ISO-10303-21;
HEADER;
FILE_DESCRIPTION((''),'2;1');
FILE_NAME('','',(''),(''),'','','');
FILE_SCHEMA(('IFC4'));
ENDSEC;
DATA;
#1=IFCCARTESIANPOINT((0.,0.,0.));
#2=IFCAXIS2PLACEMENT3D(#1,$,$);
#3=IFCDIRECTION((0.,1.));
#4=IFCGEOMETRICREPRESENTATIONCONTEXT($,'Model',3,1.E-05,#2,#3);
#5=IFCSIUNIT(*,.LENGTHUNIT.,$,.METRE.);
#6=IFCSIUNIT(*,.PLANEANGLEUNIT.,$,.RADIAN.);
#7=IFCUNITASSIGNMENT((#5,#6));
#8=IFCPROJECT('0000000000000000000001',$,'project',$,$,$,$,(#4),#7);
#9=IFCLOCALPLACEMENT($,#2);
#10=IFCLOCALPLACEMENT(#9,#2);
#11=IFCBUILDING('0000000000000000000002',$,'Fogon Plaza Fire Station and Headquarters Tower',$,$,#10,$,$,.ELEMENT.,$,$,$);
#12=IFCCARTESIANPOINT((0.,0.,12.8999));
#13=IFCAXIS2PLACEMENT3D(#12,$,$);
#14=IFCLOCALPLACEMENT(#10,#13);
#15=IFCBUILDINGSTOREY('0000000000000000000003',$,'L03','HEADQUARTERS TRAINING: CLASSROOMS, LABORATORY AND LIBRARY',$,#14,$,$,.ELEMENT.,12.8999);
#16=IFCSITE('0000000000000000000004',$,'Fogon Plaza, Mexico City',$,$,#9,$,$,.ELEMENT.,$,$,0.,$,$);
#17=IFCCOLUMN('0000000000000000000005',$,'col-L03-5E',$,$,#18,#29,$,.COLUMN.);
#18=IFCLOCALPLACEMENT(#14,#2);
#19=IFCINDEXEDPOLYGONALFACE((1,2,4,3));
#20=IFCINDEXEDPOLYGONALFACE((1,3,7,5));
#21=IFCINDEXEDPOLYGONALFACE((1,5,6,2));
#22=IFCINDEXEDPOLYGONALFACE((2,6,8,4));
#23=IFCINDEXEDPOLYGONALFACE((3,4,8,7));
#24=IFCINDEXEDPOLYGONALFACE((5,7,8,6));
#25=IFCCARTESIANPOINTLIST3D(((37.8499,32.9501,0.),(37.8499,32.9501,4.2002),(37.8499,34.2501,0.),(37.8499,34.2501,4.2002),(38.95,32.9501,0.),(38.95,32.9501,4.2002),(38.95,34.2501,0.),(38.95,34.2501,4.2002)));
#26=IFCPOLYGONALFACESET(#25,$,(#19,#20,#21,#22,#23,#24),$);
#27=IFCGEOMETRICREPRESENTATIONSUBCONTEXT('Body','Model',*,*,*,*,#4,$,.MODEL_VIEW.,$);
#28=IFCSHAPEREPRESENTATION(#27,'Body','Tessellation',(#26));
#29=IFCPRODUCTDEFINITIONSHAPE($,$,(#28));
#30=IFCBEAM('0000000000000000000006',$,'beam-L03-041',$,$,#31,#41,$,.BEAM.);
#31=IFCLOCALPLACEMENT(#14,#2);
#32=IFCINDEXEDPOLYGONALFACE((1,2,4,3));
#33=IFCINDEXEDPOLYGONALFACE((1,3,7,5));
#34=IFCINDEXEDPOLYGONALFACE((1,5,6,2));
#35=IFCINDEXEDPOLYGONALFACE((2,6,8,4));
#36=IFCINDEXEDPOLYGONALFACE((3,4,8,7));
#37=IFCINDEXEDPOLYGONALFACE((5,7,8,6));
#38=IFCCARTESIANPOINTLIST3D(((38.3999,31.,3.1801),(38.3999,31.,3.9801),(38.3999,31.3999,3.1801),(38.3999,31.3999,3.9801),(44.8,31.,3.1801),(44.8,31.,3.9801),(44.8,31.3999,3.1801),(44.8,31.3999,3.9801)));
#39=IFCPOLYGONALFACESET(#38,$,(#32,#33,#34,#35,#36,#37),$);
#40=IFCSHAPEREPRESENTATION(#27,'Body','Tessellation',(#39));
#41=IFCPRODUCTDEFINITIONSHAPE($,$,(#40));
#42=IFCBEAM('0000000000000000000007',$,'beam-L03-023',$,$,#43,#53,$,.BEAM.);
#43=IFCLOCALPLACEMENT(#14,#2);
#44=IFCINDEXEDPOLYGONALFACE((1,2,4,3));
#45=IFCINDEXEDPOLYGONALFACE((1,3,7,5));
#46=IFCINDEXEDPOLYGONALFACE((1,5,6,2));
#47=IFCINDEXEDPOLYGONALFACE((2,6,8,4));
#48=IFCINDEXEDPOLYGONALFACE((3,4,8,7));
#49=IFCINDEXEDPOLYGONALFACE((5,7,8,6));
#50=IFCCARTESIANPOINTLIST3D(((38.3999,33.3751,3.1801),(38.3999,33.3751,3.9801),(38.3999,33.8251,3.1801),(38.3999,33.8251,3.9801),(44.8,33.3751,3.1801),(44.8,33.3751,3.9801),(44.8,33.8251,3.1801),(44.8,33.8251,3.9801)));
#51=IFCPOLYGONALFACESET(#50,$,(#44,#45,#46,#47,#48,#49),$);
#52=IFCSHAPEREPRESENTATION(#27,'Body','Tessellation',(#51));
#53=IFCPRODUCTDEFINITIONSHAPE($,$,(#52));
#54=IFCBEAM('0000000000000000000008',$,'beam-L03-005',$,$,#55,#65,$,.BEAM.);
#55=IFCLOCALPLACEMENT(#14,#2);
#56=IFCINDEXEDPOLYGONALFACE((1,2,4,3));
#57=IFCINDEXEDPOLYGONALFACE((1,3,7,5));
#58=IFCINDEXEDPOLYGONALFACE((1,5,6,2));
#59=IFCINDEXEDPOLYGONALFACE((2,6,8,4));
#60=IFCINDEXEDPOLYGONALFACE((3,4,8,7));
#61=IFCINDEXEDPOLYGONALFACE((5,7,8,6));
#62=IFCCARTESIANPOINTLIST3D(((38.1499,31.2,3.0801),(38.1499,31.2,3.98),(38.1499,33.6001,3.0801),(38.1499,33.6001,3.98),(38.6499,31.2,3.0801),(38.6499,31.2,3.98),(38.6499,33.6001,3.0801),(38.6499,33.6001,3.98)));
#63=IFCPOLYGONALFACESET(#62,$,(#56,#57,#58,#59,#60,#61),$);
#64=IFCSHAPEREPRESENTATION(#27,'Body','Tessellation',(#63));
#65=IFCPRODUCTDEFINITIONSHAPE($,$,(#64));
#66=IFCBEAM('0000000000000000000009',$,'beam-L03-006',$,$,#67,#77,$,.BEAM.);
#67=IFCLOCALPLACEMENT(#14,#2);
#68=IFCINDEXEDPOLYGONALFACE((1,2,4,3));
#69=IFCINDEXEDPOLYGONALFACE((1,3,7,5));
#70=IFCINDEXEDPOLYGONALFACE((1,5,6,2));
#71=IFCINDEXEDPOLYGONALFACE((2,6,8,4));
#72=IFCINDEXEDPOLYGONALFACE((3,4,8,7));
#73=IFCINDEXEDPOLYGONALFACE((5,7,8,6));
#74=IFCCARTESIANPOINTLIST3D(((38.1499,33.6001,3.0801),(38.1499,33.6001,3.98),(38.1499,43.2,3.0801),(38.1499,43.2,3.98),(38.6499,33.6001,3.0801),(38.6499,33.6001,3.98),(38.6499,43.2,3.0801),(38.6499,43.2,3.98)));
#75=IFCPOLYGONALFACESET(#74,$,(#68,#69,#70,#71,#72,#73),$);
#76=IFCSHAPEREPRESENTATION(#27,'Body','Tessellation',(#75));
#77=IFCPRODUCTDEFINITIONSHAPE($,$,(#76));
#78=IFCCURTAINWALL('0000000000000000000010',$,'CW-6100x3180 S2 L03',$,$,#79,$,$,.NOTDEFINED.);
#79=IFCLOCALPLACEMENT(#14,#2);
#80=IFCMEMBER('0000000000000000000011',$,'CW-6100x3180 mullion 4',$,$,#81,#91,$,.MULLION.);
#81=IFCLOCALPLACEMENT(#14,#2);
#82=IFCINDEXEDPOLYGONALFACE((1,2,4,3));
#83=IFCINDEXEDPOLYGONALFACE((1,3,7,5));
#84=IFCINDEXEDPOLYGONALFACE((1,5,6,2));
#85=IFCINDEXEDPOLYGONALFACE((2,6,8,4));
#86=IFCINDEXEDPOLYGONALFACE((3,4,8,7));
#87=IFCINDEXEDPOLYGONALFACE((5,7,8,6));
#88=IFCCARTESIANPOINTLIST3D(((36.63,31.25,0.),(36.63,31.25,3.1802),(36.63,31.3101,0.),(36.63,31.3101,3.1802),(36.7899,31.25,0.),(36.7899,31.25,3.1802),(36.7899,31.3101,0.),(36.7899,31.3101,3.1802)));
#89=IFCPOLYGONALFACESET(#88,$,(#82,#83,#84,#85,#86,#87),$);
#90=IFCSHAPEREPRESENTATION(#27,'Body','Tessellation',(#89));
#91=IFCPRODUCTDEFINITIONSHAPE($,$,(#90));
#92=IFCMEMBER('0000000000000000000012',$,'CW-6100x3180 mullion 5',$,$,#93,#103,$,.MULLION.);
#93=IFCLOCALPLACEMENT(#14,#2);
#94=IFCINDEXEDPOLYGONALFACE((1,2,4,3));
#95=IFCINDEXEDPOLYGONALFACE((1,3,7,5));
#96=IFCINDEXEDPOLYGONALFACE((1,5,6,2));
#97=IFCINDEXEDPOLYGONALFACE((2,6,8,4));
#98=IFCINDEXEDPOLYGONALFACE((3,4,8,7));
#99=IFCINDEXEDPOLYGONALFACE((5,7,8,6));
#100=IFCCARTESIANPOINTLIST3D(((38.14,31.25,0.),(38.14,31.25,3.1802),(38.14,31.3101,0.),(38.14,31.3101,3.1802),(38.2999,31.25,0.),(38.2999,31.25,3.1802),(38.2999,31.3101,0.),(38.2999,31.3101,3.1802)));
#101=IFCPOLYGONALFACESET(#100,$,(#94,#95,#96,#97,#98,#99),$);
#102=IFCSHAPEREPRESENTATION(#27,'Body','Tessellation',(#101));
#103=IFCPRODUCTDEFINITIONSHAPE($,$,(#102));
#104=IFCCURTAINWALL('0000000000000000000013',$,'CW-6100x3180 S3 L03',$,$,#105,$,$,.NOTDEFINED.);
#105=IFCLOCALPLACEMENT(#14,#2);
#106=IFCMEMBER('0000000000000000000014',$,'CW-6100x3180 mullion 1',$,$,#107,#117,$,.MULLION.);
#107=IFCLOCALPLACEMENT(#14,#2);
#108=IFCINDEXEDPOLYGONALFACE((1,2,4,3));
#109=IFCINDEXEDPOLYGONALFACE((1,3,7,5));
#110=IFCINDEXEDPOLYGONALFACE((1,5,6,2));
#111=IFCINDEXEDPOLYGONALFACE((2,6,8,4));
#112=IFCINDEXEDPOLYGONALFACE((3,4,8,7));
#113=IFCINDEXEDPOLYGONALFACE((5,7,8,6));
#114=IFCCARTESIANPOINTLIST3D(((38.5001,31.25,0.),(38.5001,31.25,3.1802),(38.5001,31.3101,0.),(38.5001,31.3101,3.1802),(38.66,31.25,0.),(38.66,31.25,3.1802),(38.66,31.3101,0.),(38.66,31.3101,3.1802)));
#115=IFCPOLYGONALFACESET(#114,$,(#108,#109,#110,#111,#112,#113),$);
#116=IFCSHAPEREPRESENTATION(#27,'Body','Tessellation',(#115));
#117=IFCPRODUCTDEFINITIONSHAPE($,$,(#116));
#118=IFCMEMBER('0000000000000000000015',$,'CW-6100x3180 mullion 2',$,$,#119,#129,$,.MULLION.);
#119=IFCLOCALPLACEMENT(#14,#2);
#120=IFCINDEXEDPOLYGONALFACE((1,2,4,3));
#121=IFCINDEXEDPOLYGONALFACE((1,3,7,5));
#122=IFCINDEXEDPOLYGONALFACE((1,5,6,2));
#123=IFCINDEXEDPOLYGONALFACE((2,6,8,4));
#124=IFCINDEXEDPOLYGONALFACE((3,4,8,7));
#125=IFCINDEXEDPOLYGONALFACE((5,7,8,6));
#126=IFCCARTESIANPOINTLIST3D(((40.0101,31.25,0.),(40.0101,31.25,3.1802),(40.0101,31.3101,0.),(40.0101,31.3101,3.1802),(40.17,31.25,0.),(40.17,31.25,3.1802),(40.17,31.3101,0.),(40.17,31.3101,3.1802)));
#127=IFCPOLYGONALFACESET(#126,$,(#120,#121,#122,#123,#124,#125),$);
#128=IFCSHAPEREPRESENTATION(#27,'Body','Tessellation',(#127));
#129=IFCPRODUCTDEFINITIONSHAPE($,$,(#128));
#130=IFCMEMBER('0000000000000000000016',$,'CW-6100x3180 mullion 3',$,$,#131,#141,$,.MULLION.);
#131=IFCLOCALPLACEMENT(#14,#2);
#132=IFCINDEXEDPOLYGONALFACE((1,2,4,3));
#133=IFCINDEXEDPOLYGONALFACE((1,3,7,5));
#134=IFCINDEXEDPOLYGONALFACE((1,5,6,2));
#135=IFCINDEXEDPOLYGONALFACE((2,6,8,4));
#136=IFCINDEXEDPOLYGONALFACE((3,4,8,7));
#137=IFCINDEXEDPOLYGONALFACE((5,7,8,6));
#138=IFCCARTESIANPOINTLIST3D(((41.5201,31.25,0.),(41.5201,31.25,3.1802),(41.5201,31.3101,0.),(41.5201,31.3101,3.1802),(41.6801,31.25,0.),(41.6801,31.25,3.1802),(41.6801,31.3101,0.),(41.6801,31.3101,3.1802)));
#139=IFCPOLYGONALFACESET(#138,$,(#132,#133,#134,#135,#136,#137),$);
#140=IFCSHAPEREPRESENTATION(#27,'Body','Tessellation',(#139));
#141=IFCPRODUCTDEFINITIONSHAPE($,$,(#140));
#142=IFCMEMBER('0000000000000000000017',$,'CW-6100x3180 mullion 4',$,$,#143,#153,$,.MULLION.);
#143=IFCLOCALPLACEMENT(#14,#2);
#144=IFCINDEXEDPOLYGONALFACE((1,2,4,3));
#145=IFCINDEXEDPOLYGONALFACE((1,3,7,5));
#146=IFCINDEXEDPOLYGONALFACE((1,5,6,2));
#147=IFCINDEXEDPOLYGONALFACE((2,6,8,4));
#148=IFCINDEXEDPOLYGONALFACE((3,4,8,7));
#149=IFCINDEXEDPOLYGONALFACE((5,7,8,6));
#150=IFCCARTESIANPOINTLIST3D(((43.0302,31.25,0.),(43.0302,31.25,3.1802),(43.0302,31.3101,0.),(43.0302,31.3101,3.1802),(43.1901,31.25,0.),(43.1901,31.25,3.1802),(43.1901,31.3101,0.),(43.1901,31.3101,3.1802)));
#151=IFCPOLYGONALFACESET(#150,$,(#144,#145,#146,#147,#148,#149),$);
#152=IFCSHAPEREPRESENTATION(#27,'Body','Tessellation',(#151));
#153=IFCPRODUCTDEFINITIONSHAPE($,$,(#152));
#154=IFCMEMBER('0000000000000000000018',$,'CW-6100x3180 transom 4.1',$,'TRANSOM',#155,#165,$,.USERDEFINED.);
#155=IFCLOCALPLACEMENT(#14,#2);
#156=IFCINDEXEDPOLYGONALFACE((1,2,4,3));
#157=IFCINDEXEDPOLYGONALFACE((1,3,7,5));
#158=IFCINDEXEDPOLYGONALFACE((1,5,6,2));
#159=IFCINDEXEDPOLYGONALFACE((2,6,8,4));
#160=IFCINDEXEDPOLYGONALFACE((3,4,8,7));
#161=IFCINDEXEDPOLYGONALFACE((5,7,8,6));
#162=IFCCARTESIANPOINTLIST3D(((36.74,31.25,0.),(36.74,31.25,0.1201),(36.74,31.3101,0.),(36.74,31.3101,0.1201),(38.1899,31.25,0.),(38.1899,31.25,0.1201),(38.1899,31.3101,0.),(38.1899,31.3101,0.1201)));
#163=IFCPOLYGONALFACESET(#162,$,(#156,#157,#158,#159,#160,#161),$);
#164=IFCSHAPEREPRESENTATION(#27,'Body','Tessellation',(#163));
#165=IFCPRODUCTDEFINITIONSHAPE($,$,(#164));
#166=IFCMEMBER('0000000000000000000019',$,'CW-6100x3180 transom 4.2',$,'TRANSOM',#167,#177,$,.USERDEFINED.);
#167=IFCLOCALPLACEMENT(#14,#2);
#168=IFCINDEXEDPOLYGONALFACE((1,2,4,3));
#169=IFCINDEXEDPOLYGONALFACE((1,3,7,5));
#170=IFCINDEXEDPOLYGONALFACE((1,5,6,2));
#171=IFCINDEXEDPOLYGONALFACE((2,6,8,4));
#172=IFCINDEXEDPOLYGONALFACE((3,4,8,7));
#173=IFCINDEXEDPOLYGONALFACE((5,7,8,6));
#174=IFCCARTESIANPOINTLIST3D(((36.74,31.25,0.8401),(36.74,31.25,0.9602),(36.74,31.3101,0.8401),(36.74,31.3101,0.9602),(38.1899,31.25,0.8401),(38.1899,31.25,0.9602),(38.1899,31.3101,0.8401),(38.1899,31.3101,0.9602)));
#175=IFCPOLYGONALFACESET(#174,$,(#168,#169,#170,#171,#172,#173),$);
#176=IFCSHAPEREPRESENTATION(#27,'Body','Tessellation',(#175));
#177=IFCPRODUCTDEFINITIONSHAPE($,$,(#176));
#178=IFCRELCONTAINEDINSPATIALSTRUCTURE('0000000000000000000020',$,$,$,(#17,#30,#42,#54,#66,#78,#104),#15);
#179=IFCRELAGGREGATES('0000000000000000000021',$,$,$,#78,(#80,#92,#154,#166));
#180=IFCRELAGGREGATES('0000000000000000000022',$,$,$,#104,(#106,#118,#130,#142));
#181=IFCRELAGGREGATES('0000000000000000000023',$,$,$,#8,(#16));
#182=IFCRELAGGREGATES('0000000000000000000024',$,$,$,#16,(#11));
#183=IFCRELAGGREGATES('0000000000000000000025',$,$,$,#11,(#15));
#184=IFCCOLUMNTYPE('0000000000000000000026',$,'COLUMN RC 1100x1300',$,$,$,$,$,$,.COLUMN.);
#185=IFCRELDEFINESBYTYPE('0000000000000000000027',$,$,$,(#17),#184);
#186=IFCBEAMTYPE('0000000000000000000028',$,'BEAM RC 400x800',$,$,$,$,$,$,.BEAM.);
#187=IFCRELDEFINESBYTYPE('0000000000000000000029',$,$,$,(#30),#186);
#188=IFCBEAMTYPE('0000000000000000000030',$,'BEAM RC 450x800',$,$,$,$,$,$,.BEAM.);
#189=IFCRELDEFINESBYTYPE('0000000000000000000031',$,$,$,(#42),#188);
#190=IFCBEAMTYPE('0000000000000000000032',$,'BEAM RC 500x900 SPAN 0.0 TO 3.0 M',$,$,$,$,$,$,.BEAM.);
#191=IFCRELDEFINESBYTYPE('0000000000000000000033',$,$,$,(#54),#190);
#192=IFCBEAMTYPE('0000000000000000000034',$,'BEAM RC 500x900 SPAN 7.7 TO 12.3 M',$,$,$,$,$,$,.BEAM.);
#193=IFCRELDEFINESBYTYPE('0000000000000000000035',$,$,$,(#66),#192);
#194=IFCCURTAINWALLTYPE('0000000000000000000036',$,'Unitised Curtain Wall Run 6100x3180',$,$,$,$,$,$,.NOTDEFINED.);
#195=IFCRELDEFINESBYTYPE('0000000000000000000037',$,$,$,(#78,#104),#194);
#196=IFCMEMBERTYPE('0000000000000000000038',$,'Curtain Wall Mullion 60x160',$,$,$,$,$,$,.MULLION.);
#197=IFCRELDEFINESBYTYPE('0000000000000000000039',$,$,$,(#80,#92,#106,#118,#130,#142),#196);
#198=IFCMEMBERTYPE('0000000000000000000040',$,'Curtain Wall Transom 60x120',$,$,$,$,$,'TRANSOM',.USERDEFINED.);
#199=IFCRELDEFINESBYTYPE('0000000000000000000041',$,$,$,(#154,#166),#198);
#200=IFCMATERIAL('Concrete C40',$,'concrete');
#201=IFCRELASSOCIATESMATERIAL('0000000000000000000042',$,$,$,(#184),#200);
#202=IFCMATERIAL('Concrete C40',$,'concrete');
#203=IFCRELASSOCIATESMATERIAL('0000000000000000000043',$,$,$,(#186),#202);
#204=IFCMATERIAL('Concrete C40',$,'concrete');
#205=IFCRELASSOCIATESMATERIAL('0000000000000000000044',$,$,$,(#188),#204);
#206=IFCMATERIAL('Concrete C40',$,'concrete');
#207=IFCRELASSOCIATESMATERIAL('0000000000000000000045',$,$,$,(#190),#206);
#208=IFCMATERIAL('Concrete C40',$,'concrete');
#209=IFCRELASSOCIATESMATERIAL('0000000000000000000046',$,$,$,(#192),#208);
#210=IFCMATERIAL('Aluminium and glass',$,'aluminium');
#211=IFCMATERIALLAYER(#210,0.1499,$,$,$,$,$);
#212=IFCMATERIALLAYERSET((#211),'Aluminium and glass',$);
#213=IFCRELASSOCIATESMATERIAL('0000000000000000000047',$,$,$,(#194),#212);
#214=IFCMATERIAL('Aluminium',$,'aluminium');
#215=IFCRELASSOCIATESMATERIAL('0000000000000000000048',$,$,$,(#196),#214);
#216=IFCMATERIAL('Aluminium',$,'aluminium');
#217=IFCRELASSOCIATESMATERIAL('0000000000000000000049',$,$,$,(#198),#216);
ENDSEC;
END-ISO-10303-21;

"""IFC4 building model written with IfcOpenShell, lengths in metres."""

from ifc_helpers import new_model, si_unit, direction, frame, origin, origin_2d, place, context, subcontext, project, spatial, rectangle, extrude, material, layer, layer_set, material_profile, profile_set, type_object, element, aggregate, save


model = new_model("IFC4")

# Units and contexts
model_context = context("Model", 3, precision=1e-05, world=origin(), true_north=direction((0.0, 1.0)))
body_context = subcontext(model_context, "Body", "Model", "MODEL_VIEW")
ifc_project = project(units=[si_unit("LENGTHUNIT", "METRE"), si_unit("PLANEANGLEUNIT", "RADIAN")], contexts=[model_context])

# Site, building, storey
site_placement = place(None, origin())
site = spatial("IfcSite", under=ifc_project, at=site_placement, Name="Fogon Plaza, Mexico City", CompositionType="ELEMENT", RefElevation=0.0)
building_placement = place(site_placement, origin())
building = spatial("IfcBuilding", under=site, at=building_placement, Name="Fogon Plaza Fire Station and Headquarters Tower", CompositionType="ELEMENT")
storey_placement = place(building_placement, frame((0.0, 0.0, 12.8999)))
storey = spatial("IfcBuildingStorey", under=building, at=storey_placement, Name="L03", Description="HEADQUARTERS TRAINING: CLASSROOMS, LABORATORY AND LIBRARY", CompositionType="ELEMENT", Elevation=12.8999)

# Column
ifc_material_1 = material(Name="Concrete C40", Category="concrete")
ifc_material_profile_1 = material_profile(ifc_material_1, rectangle(XDim=1.1001, YDim=1.3, at=origin_2d()), Name="RC 1100x1300")
ifc_profile_set_1 = profile_set([ifc_material_profile_1], Name="Concrete C40")
column_type = type_object("IfcColumnType", Name="COLUMN RC 1100x1300", PredefinedType="COLUMN", material=ifc_profile_set_1)
column_placement = place(storey_placement, frame((38.3999, 33.6001, 0.0), z_axis=(0.0, 0.0, 1.0), x_axis=(1.0, 0.0, 0.0)))
element("IfcColumn", 1, at=column_placement, inside=storey, type_object=column_type, Name="col-L03-5E", PredefinedType="COLUMN", context=body_context, shape_type="SweptSolid", body=[
    extrude(rectangle(XDim=1.1001, YDim=1.3, at=origin_2d()), origin(), (0.0, 0.0, 1.0), 4.2002),
])

# Beams
ifc_material_2 = material(Name="Concrete C40", Category="concrete")
ifc_material_profile_2 = material_profile(ifc_material_2, rectangle(XDim=0.3999, YDim=0.8, at=origin_2d()), Name="RC 400x800")
ifc_profile_set_2 = profile_set([ifc_material_profile_2], Name="Concrete C40")
beam_type_1 = type_object("IfcBeamType", Name="BEAM RC 400x800", PredefinedType="BEAM", material=ifc_profile_set_2)
beam_1_placement = place(storey_placement, frame((38.3999, 31.2, 3.5801), z_axis=(1.0, 0.0, 0.0), x_axis=(0.0, 1.0, 0.0)))
element("IfcBeam", 2, at=beam_1_placement, inside=storey, type_object=beam_type_1, Name="beam-L03-041", PredefinedType="BEAM", context=body_context, shape_type="SweptSolid", body=[
    extrude(rectangle(XDim=0.3999, YDim=0.8, at=origin_2d()), origin(), (0.0, 0.0, 1.0), 6.4001),
])
ifc_material_3 = material(Name="Concrete C40", Category="concrete")
ifc_material_profile_3 = material_profile(ifc_material_3, rectangle(XDim=0.45, YDim=0.8, at=origin_2d()), Name="RC 450x800")
ifc_profile_set_3 = profile_set([ifc_material_profile_3], Name="Concrete C40")
beam_type_2 = type_object("IfcBeamType", Name="BEAM RC 450x800", PredefinedType="BEAM", material=ifc_profile_set_3)
beam_2_placement = place(storey_placement, frame((38.3999, 33.6001, 3.5801), z_axis=(1.0, 0.0, 0.0), x_axis=(0.0, 1.0, 0.0)))
element("IfcBeam", 3, at=beam_2_placement, inside=storey, type_object=beam_type_2, Name="beam-L03-023", PredefinedType="BEAM", context=body_context, shape_type="SweptSolid", body=[
    extrude(rectangle(XDim=0.45, YDim=0.8, at=origin_2d()), origin(), (0.0, 0.0, 1.0), 6.4001),
])
ifc_material_4 = material(Name="Concrete C40", Category="concrete")
ifc_material_profile_4 = material_profile(ifc_material_4, rectangle(XDim=0.5, YDim=0.8999, at=origin_2d()), Name="RC 500x900")
ifc_profile_set_4 = profile_set([ifc_material_profile_4], Name="Concrete C40")
beam_type_3 = type_object("IfcBeamType", Name="BEAM RC 500x900 SPAN 0.0 TO 3.0 M", PredefinedType="BEAM", material=ifc_profile_set_4)
beam_3_placement = place(storey_placement, frame((38.3999, 31.2, 3.53), z_axis=(0.0, 1.0, 0.0), x_axis=(-1.0, 0.0, 0.0)))
element("IfcBeam", 4, at=beam_3_placement, inside=storey, type_object=beam_type_3, Name="beam-L03-005", PredefinedType="BEAM", context=body_context, shape_type="SweptSolid", body=[
    extrude(rectangle(XDim=0.5, YDim=0.8999, at=origin_2d()), origin(), (0.0, 0.0, 1.0), 2.4001),
])
ifc_material_5 = material(Name="Concrete C40", Category="concrete")
ifc_material_profile_5 = material_profile(ifc_material_5, rectangle(XDim=0.5, YDim=0.8999, at=origin_2d()), Name="RC 500x900")
ifc_profile_set_5 = profile_set([ifc_material_profile_5], Name="Concrete C40")
beam_type_4 = type_object("IfcBeamType", Name="BEAM RC 500x900 SPAN 7.7 TO 12.3 M", PredefinedType="BEAM", material=ifc_profile_set_5)
beam_4_placement = place(storey_placement, frame((38.3999, 33.6001, 3.53), z_axis=(0.0, 1.0, 0.0), x_axis=(-1.0, 0.0, 0.0)))
element("IfcBeam", 5, at=beam_4_placement, inside=storey, type_object=beam_type_4, Name="beam-L03-006", PredefinedType="BEAM", context=body_context, shape_type="SweptSolid", body=[
    extrude(rectangle(XDim=0.5, YDim=0.8999, at=origin_2d()), origin(), (0.0, 0.0, 1.0), 9.5999),
])

# Curtain walls, members
ifc_material_6 = material(Name="Aluminium and glass", Category="aluminium")
ifc_layer_1 = layer(ifc_material_6, 0.1499)
ifc_layer_set_1 = layer_set([ifc_layer_1], Name="Aluminium and glass")
curtain_wall_type = type_object("IfcCurtainWallType", Name="Unitised Curtain Wall Run 6100x3180", PredefinedType="NOTDEFINED", material=ifc_layer_set_1)
curtain_wall_1_placement = place(storey_placement, origin())
curtain_wall_1 = element("IfcCurtainWall", 6, at=curtain_wall_1_placement, inside=storey, type_object=curtain_wall_type, Name="CW-6100x3180 S2 L03", PredefinedType="NOTDEFINED")
ifc_material_7 = material(Name="Aluminium", Category="aluminium")
ifc_material_profile_6 = material_profile(ifc_material_7, rectangle(XDim=0.0601, YDim=0.1599, at=origin_2d()), Name="Curtain Wall Mullion 60x160")
ifc_profile_set_6 = profile_set([ifc_material_profile_6], Name="Aluminium")
member_type_1 = type_object("IfcMemberType", Name="Curtain Wall Mullion 60x160", PredefinedType="MULLION", material=ifc_profile_set_6)
member_1_placement = place(storey_placement, frame((36.71, 31.28, 0.0), z_axis=(0.0, 0.0, 1.0), x_axis=(0.0, 1.0, 0.0)))
member_1 = element("IfcMember", 7, at=member_1_placement, type_object=member_type_1, Name="CW-6100x3180 mullion 4", PredefinedType="MULLION", context=body_context, shape_type="SweptSolid", body=[
    extrude(rectangle(XDim=0.0601, YDim=0.1599, at=origin_2d()), origin(), (0.0, 0.0, 1.0), 3.1802),
])
member_2_placement = place(storey_placement, frame((38.22, 31.28, 0.0), z_axis=(0.0, 0.0, 1.0), x_axis=(0.0, 1.0, 0.0)))
member_2 = element("IfcMember", 8, at=member_2_placement, type_object=member_type_1, Name="CW-6100x3180 mullion 5", PredefinedType="MULLION", context=body_context, shape_type="SweptSolid", body=[
    extrude(rectangle(XDim=0.0601, YDim=0.1599, at=origin_2d()), origin(), (0.0, 0.0, 1.0), 3.1802),
])
curtain_wall_2_placement = place(storey_placement, origin())
curtain_wall_2 = element("IfcCurtainWall", 9, at=curtain_wall_2_placement, inside=storey, type_object=curtain_wall_type, Name="CW-6100x3180 S3 L03", PredefinedType="NOTDEFINED")
member_3_placement = place(storey_placement, frame((38.5801, 31.28, 0.0), z_axis=(0.0, 0.0, 1.0), x_axis=(0.0, 1.0, 0.0)))
member_3 = element("IfcMember", 10, at=member_3_placement, type_object=member_type_1, Name="CW-6100x3180 mullion 1", PredefinedType="MULLION", context=body_context, shape_type="SweptSolid", body=[
    extrude(rectangle(XDim=0.0601, YDim=0.1599, at=origin_2d()), origin(), (0.0, 0.0, 1.0), 3.1802),
])
member_4_placement = place(storey_placement, frame((40.0901, 31.28, 0.0), z_axis=(0.0, 0.0, 1.0), x_axis=(0.0, 1.0, 0.0)))
member_4 = element("IfcMember", 11, at=member_4_placement, type_object=member_type_1, Name="CW-6100x3180 mullion 2", PredefinedType="MULLION", context=body_context, shape_type="SweptSolid", body=[
    extrude(rectangle(XDim=0.0601, YDim=0.1599, at=origin_2d()), origin(), (0.0, 0.0, 1.0), 3.1802),
])
member_5_placement = place(storey_placement, frame((41.6001, 31.28, 0.0), z_axis=(0.0, 0.0, 1.0), x_axis=(0.0, 1.0, 0.0)))
member_5 = element("IfcMember", 12, at=member_5_placement, type_object=member_type_1, Name="CW-6100x3180 mullion 3", PredefinedType="MULLION", context=body_context, shape_type="SweptSolid", body=[
    extrude(rectangle(XDim=0.0601, YDim=0.1599, at=origin_2d()), origin(), (0.0, 0.0, 1.0), 3.1802),
])
member_6_placement = place(storey_placement, frame((43.1101, 31.28, 0.0), z_axis=(0.0, 0.0, 1.0), x_axis=(0.0, 1.0, 0.0)))
member_6 = element("IfcMember", 13, at=member_6_placement, type_object=member_type_1, Name="CW-6100x3180 mullion 4", PredefinedType="MULLION", context=body_context, shape_type="SweptSolid", body=[
    extrude(rectangle(XDim=0.0601, YDim=0.1599, at=origin_2d()), origin(), (0.0, 0.0, 1.0), 3.1802),
])

# Members
ifc_material_8 = material(Name="Aluminium", Category="aluminium")
ifc_material_profile_7 = material_profile(ifc_material_8, rectangle(XDim=0.0601, YDim=0.1201, at=origin_2d()), Name="Curtain Wall Transom 60x120")
ifc_profile_set_7 = profile_set([ifc_material_profile_7], Name="Aluminium")
member_type_2 = type_object("IfcMemberType", Name="Curtain Wall Transom 60x120", ElementType="TRANSOM", PredefinedType="USERDEFINED", material=ifc_profile_set_7)
member_7_placement = place(storey_placement, frame((36.74, 31.28, 0.0601), z_axis=(1.0, 0.0, 0.0), x_axis=(0.0, 1.0, 0.0)))
member_7 = element("IfcMember", 14, at=member_7_placement, type_object=member_type_2, Name="CW-6100x3180 transom 4.1", ObjectType="TRANSOM", PredefinedType="USERDEFINED", context=body_context, shape_type="SweptSolid", body=[
    extrude(rectangle(XDim=0.0601, YDim=0.1201, at=origin_2d()), origin(), (0.0, 0.0, 1.0), 1.45),
])
member_8_placement = place(storey_placement, frame((36.74, 31.28, 0.9001), z_axis=(1.0, 0.0, 0.0), x_axis=(0.0, 1.0, 0.0)))
member_8 = element("IfcMember", 15, at=member_8_placement, type_object=member_type_2, Name="CW-6100x3180 transom 4.2", ObjectType="TRANSOM", PredefinedType="USERDEFINED", context=body_context, shape_type="SweptSolid", body=[
    extrude(rectangle(XDim=0.0601, YDim=0.1201, at=origin_2d()), origin(), (0.0, 0.0, 1.0), 1.45),
])

aggregate(curtain_wall_1, [member_1, member_2, member_7, member_8])
aggregate(curtain_wall_2, [member_3, member_4, member_5, member_6])

save(model, "model.ifc")
